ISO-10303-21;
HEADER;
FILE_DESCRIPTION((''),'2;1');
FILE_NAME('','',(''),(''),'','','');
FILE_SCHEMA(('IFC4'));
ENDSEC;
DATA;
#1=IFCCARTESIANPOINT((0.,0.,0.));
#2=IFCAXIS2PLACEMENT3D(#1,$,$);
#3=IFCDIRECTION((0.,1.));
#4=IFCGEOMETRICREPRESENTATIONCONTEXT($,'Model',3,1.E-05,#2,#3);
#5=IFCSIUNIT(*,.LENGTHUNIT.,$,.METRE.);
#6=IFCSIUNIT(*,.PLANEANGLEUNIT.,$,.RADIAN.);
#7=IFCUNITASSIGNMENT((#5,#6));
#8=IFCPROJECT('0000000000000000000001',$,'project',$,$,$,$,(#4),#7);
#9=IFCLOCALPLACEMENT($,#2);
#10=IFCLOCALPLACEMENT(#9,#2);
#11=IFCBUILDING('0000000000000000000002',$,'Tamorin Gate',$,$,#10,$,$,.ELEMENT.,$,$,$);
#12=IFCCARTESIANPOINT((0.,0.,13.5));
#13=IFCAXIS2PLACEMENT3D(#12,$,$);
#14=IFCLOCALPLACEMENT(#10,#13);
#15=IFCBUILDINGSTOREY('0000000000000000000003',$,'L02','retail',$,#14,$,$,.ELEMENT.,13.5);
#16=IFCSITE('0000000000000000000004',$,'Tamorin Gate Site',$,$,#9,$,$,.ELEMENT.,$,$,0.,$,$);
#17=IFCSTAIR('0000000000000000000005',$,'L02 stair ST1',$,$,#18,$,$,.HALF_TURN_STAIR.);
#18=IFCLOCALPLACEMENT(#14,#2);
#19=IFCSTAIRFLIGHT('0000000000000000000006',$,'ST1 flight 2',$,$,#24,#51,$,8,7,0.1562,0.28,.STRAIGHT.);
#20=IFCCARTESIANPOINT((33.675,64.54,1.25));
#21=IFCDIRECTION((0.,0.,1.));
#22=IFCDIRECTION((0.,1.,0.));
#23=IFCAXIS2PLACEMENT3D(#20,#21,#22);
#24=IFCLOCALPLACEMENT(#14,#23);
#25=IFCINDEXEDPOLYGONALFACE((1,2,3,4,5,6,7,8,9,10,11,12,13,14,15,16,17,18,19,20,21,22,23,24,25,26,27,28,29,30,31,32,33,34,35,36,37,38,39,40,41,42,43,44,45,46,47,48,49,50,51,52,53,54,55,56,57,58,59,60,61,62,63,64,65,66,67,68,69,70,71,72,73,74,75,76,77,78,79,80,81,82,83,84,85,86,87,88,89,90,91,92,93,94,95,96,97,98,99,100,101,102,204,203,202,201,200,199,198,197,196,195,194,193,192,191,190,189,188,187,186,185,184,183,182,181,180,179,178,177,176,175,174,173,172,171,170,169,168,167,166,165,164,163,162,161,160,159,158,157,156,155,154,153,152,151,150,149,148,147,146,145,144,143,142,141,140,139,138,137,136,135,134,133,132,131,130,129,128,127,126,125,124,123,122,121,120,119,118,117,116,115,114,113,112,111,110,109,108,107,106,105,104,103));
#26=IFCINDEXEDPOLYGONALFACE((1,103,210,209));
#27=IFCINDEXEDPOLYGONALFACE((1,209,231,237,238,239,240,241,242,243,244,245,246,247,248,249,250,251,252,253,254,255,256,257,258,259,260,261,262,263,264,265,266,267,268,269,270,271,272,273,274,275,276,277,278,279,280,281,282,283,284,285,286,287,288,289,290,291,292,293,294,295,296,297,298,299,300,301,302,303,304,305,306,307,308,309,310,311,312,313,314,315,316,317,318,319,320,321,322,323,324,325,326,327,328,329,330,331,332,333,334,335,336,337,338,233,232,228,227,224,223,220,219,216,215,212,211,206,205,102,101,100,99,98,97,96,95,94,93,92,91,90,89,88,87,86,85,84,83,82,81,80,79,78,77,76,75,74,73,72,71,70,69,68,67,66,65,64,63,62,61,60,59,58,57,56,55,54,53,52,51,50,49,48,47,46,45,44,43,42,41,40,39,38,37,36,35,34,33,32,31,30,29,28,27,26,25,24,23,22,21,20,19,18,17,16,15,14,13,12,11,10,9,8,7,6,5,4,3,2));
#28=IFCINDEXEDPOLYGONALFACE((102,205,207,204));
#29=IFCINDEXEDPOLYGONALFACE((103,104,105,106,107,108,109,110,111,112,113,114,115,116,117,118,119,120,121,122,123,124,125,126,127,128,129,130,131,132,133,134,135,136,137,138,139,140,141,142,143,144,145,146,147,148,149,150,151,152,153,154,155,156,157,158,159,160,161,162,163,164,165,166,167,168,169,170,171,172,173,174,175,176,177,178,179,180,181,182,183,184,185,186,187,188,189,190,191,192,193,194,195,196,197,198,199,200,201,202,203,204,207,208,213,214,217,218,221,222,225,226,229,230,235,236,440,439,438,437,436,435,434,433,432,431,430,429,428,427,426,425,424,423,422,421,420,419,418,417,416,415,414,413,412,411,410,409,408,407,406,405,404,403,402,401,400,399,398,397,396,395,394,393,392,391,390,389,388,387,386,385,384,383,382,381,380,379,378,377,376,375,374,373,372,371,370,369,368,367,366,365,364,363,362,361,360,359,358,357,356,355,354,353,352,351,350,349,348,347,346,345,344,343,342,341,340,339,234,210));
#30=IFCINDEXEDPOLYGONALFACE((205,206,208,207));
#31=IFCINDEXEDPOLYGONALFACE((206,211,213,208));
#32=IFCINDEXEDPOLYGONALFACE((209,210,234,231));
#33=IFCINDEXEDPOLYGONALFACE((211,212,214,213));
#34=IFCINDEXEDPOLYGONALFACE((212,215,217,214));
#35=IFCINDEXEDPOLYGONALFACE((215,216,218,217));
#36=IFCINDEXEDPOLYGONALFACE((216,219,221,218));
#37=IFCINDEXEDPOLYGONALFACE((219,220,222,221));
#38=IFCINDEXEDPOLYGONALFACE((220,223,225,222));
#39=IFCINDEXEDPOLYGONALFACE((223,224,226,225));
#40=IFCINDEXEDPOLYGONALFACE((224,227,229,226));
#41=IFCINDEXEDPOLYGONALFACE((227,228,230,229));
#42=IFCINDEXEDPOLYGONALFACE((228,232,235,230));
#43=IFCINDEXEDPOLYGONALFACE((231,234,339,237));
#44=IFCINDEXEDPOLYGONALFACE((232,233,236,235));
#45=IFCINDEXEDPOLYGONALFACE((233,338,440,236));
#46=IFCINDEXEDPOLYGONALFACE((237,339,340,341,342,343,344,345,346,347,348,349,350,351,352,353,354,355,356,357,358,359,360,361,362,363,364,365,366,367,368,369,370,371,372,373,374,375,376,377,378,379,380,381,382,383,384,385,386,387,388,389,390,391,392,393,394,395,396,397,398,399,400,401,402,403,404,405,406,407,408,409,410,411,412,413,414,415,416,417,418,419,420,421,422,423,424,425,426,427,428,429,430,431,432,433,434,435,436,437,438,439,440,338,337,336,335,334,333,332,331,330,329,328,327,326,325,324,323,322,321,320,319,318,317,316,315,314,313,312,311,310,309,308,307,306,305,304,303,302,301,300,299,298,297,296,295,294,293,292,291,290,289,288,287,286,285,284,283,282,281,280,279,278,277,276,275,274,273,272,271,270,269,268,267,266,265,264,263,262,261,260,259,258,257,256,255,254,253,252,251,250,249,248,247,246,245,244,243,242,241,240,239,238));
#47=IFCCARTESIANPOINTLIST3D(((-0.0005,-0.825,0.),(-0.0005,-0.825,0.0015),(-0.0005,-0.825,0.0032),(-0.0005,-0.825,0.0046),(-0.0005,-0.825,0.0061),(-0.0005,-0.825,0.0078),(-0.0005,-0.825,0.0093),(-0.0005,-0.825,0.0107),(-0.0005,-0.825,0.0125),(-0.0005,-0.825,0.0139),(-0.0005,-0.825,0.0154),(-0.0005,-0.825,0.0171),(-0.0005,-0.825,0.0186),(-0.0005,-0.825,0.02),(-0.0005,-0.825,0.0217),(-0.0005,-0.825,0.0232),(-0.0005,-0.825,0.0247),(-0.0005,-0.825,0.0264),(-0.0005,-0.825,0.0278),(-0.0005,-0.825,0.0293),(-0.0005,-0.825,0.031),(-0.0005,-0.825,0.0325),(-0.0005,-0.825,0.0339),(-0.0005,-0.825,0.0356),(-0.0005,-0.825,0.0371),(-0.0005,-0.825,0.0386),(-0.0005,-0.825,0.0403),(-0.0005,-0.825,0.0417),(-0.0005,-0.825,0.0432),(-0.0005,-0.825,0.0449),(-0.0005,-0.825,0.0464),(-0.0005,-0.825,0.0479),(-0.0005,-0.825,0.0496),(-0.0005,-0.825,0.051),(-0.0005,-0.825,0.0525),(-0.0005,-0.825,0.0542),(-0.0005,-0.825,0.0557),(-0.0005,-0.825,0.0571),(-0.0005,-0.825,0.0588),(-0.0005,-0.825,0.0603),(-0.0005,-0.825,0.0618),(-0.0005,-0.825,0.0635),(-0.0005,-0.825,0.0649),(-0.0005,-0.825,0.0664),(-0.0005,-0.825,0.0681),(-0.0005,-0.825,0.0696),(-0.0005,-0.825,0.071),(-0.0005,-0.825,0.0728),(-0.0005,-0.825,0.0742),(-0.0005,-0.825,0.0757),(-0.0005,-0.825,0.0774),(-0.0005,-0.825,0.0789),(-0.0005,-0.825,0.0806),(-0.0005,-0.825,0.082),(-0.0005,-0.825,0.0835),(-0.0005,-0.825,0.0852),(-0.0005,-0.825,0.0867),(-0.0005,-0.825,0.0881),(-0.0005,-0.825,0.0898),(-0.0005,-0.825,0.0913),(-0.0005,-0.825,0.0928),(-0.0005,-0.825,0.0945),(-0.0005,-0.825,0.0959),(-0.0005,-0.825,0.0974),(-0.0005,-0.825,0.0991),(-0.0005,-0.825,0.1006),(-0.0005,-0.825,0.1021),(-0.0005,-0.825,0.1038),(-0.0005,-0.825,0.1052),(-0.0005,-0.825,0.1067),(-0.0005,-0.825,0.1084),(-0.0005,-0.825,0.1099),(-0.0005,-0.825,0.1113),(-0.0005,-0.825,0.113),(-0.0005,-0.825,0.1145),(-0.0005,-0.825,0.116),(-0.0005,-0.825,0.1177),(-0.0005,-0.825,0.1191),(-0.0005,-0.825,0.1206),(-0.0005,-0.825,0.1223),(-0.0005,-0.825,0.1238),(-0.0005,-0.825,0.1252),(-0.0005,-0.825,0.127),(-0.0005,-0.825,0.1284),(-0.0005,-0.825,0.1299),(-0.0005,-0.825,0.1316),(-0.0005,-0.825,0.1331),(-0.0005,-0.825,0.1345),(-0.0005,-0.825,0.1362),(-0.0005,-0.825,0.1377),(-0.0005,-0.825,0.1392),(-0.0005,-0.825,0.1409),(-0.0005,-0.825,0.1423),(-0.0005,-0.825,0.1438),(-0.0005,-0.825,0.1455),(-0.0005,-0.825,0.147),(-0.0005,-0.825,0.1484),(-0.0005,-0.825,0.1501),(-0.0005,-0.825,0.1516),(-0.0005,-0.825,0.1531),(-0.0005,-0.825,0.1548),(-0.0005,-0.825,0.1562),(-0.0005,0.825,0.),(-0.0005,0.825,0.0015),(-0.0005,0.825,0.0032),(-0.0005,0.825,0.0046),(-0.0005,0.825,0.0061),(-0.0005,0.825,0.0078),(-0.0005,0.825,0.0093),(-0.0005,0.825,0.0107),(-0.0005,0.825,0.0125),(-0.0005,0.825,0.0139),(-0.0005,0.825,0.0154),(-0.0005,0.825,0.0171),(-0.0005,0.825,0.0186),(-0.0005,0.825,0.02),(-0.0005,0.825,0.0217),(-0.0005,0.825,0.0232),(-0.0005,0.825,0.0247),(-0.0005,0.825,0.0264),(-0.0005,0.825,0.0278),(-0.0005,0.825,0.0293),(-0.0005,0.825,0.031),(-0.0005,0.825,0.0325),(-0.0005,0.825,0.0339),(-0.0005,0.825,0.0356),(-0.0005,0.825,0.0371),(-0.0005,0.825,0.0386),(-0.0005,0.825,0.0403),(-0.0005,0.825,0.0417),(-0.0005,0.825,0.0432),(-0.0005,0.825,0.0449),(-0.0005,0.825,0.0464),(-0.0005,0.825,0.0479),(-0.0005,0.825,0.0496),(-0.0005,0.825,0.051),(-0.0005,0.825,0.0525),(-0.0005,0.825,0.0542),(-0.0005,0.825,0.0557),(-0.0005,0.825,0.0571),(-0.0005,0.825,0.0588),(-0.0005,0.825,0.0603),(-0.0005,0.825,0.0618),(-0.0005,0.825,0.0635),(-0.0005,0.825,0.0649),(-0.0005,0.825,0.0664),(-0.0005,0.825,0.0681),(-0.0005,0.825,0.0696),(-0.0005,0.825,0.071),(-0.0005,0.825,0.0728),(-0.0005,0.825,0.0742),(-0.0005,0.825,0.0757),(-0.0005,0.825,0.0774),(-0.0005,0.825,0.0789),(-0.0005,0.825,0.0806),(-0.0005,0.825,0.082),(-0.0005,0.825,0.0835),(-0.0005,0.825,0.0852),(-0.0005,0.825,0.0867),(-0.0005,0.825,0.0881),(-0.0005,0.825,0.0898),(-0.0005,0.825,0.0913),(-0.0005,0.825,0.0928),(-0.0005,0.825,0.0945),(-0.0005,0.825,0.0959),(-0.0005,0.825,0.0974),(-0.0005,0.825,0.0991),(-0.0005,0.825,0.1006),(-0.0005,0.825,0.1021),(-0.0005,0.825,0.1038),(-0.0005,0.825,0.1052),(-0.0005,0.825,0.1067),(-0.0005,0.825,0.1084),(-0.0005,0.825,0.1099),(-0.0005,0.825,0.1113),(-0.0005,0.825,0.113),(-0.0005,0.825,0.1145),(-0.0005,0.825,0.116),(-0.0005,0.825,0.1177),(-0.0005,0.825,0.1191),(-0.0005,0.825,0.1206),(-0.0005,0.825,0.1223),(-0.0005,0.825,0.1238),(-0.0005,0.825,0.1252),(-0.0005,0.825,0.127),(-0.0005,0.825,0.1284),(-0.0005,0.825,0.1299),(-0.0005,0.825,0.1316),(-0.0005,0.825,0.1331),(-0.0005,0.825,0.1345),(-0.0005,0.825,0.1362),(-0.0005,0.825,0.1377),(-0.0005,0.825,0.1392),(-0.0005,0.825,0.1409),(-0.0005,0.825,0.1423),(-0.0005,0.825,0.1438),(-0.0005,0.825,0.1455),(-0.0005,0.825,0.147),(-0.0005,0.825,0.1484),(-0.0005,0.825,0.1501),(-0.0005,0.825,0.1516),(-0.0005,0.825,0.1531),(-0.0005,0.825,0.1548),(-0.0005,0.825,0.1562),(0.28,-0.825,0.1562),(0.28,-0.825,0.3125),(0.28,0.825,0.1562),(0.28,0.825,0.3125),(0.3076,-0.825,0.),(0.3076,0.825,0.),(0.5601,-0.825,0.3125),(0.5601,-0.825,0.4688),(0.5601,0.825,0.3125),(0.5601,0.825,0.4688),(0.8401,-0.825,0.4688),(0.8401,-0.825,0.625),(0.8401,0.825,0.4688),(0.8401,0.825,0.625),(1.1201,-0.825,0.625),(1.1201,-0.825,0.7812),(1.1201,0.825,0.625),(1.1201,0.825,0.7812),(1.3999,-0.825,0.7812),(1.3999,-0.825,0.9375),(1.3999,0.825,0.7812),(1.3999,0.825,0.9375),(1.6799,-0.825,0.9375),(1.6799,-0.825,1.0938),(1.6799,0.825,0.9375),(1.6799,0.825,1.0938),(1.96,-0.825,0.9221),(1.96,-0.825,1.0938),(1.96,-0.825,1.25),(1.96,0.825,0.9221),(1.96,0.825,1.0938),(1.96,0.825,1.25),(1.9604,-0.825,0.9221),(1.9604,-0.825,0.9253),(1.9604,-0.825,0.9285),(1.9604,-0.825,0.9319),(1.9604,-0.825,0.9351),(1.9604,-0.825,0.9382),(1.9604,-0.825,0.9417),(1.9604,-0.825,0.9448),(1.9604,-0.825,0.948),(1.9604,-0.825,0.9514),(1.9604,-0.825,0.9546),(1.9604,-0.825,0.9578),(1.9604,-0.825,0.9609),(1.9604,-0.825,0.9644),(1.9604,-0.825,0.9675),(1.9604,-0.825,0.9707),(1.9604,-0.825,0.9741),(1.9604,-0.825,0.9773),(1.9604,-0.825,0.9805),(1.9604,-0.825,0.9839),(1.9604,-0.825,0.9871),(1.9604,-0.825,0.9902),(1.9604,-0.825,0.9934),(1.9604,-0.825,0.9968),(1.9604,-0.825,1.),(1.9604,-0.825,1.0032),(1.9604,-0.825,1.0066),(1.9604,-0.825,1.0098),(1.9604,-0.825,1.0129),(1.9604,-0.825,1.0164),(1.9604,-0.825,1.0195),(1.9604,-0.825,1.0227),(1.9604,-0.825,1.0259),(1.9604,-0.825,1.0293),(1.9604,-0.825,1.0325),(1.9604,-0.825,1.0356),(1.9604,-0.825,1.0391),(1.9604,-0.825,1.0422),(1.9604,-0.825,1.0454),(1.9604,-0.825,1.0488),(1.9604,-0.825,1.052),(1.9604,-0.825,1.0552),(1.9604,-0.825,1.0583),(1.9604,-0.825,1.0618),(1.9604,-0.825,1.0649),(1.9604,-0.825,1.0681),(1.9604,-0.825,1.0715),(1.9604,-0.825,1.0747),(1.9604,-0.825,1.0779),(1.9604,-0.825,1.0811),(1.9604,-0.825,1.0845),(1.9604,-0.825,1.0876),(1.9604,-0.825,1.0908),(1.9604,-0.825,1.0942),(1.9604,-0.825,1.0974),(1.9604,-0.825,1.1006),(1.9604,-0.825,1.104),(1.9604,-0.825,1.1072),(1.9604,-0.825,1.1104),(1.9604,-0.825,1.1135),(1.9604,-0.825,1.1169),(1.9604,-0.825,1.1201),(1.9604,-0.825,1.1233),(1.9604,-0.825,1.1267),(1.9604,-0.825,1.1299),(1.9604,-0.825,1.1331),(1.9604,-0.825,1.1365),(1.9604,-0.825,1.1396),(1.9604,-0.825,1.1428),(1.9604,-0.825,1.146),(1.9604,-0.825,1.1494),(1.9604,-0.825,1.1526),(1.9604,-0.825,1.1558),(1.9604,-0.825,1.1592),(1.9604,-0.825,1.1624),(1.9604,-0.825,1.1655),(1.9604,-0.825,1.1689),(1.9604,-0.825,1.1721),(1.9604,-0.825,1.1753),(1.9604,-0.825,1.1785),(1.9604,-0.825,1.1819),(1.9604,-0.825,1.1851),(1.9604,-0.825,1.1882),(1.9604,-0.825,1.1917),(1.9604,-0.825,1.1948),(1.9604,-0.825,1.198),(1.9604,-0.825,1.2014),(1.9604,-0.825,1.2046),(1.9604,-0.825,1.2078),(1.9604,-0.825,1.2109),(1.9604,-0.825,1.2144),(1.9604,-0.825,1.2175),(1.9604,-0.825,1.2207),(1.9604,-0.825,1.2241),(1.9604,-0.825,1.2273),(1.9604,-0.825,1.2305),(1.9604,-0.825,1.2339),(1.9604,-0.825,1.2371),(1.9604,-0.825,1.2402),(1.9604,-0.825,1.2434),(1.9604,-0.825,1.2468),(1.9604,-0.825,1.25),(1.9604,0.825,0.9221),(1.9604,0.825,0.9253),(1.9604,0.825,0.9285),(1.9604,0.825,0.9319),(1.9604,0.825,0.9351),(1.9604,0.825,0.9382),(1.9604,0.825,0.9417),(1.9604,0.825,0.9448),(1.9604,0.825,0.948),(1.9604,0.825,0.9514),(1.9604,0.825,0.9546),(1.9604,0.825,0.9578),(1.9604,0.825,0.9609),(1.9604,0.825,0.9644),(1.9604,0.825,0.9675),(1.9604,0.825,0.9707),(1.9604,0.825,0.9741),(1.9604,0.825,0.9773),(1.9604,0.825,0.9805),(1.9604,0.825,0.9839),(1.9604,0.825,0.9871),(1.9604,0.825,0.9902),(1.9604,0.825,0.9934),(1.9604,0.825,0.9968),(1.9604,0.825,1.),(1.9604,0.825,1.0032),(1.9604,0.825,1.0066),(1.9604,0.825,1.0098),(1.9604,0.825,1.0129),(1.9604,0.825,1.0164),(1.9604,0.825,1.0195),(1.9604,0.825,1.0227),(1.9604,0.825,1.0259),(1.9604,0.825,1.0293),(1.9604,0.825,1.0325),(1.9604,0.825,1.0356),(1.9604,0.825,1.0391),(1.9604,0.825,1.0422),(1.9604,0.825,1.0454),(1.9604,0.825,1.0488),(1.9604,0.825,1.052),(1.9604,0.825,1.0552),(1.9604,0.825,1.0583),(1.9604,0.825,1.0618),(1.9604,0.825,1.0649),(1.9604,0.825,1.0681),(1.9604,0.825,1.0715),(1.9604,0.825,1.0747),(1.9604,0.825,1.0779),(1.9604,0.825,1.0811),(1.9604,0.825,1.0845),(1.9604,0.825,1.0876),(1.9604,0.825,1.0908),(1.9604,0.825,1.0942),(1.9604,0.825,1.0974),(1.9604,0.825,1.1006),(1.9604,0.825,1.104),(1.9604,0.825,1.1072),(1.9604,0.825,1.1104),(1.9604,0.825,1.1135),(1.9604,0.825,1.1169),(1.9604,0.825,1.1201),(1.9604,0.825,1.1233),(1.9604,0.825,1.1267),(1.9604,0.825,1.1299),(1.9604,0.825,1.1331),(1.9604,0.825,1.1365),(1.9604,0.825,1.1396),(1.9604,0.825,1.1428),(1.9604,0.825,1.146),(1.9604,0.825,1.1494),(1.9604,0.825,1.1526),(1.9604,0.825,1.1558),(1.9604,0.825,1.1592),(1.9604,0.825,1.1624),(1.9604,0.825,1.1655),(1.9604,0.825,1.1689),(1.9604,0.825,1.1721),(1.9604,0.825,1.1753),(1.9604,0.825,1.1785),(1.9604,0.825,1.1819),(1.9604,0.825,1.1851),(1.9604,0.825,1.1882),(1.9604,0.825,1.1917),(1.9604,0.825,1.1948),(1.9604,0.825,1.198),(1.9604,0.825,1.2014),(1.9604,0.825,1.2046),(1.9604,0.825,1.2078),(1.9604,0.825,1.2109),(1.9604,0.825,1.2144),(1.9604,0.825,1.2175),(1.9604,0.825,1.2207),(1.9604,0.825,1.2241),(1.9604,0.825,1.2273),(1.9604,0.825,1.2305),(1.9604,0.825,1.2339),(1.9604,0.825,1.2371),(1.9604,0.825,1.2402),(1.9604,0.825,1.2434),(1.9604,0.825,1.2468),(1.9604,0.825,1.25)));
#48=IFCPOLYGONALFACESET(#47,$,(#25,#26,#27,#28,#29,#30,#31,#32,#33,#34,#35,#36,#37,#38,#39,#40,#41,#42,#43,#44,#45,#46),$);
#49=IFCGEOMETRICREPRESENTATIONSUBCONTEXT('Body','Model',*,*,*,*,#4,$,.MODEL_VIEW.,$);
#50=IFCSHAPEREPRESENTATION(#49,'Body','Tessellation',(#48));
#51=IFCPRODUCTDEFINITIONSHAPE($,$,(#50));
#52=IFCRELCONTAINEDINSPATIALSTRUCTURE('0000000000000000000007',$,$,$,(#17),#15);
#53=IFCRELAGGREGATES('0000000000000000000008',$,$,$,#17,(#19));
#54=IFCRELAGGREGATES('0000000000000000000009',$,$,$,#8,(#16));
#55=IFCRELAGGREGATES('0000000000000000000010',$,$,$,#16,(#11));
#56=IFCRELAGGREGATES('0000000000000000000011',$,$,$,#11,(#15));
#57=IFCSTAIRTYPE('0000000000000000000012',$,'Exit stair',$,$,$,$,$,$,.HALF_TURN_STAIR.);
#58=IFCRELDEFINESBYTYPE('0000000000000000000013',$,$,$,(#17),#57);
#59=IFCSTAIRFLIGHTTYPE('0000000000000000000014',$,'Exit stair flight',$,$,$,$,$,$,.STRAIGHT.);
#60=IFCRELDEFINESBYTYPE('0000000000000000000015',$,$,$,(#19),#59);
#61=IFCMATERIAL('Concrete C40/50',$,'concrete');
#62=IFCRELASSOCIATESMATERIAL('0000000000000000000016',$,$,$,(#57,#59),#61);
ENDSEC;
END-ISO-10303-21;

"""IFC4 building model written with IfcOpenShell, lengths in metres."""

from ifc_helpers import new_model, si_unit, direction, frame, origin, place, context, subcontext, project, spatial, polyline, outline, extrude, material, type_object, element, aggregate, save


model = new_model("IFC4")

# Units and contexts
model_context = context("Model", 3, precision=1e-05, world=origin(), true_north=direction((0.0, 1.0)))
body_context = subcontext(model_context, "Body", "Model", "MODEL_VIEW")
ifc_project = project(units=[si_unit("LENGTHUNIT", "METRE"), si_unit("PLANEANGLEUNIT", "RADIAN")], contexts=[model_context])

# Site, building, storey
site_placement = place(None, origin())
site = spatial("IfcSite", under=ifc_project, at=site_placement, Name="Tamorin Gate Site", CompositionType="ELEMENT", RefElevation=0.0)
building_placement = place(site_placement, origin())
building = spatial("IfcBuilding", under=site, at=building_placement, Name="Tamorin Gate", CompositionType="ELEMENT")
storey_placement = place(building_placement, frame((0.0, 0.0, 13.5)))
storey = spatial("IfcBuildingStorey", under=building, at=storey_placement, Name="L02", Description="retail", CompositionType="ELEMENT", Elevation=13.5)

# Stair, stair flight
ifc_material_1 = material(Name="Concrete C40/50", Category="concrete")
stair_type = type_object("IfcStairType", Name="Exit stair", PredefinedType="HALF_TURN_STAIR", material=ifc_material_1)
stair_placement = place(storey_placement, origin())
stair = element("IfcStair", 1, at=stair_placement, inside=storey, type_object=stair_type, Name="L02 stair ST1", PredefinedType="HALF_TURN_STAIR")
stair_flight_type = type_object("IfcStairFlightType", Name="Exit stair flight", PredefinedType="STRAIGHT", material=ifc_material_1)
stair_flight_1_placement = place(storey_placement, frame((33.675, 64.54, 1.25), z_axis=(0.0, 0.0, 1.0), x_axis=(0.0, 1.0, 0.0)))
stair_flight_1 = element("IfcStairFlight", 2, at=stair_flight_1_placement, type_object=stair_flight_type, Name="ST1 flight 2", NumberOfRisers=8, NumberOfTreads=7, PredefinedType="STRAIGHT", RiserHeight=0.1562, TreadLength=0.28, context=body_context, shape_type="SweptSolid", body=[
    extrude(outline(polyline([(-0.0005, 0.0), (-0.0005, 0.0015), (-0.0005, 0.0032), (-0.0005, 0.0046), (-0.0005, 0.0061), (-0.0005, 0.0078), (-0.0005, 0.0093), (-0.0005, 0.0107), (-0.0005, 0.0125), (-0.0005, 0.0139), (-0.0005, 0.0154), (-0.0005, 0.0171), (-0.0005, 0.0186), (-0.0005, 0.02), (-0.0005, 0.0217), (-0.0005, 0.0232), (-0.0005, 0.0247), (-0.0005, 0.0264), (-0.0005, 0.0278), (-0.0005, 0.0293), (-0.0005, 0.031), (-0.0005, 0.0325), (-0.0005, 0.0339), (-0.0005, 0.0356), (-0.0005, 0.0371), (-0.0005, 0.0386), (-0.0005, 0.0403), (-0.0005, 0.0417), (-0.0005, 0.0432), (-0.0005, 0.0449), (-0.0005, 0.0464), (-0.0005, 0.0479), (-0.0005, 0.0496), (-0.0005, 0.051), (-0.0005, 0.0525), (-0.0005, 0.0542), (-0.0005, 0.0557), (-0.0005, 0.0571), (-0.0005, 0.0588), (-0.0005, 0.0603), (-0.0005, 0.0618), (-0.0005, 0.0635), (-0.0005, 0.0649), (-0.0005, 0.0664), (-0.0005, 0.0681), (-0.0005, 0.0696), (-0.0005, 0.071), (-0.0005, 0.0728), (-0.0005, 0.0742), (-0.0005, 0.0757), (-0.0005, 0.0774), (-0.0005, 0.0789), (-0.0005, 0.0806), (-0.0005, 0.082), (-0.0005, 0.0835), (-0.0005, 0.0852), (-0.0005, 0.0867), (-0.0005, 0.0881), (-0.0005, 0.0898), (-0.0005, 0.0913), (-0.0005, 0.0928), (-0.0005, 0.0945), (-0.0005, 0.0959), (-0.0005, 0.0974), (-0.0005, 0.0991), (-0.0005, 0.1006), (-0.0005, 0.1021), (-0.0005, 0.1038), (-0.0005, 0.1052), (-0.0005, 0.1067), (-0.0005, 0.1084), (-0.0005, 0.1099), (-0.0005, 0.1113), (-0.0005, 0.113), (-0.0005, 0.1145), (-0.0005, 0.116), (-0.0005, 0.1177), (-0.0005, 0.1191), (-0.0005, 0.1206), (-0.0005, 0.1223), (-0.0005, 0.1238), (-0.0005, 0.1252), (-0.0005, 0.127), (-0.0005, 0.1284), (-0.0005, 0.1299), (-0.0005, 0.1316), (-0.0005, 0.1331), (-0.0005, 0.1345), (-0.0005, 0.1362), (-0.0005, 0.1377), (-0.0005, 0.1392), (-0.0005, 0.1409), (-0.0005, 0.1423), (-0.0005, 0.1438), (-0.0005, 0.1455), (-0.0005, 0.147), (-0.0005, 0.1484), (-0.0005, 0.1501), (-0.0005, 0.1516), (-0.0005, 0.1531), (-0.0005, 0.1548), (-0.0005, 0.1562), (0.28, 0.1562), (0.28, 0.3125), (0.5601, 0.3125), (0.5601, 0.4688), (0.8401, 0.4688), (0.8401, 0.625), (1.1201, 0.625), (1.1201, 0.7812), (1.3999, 0.7812), (1.3999, 0.9375), (1.6799, 0.9375), (1.6799, 1.0938), (1.96, 1.0938), (1.96, 1.25), (1.9604, 1.25), (1.9604, 1.2468), (1.9604, 1.2434), (1.9604, 1.2402), (1.9604, 1.2371), (1.9604, 1.2339), (1.9604, 1.2305), (1.9604, 1.2273), (1.9604, 1.2241), (1.9604, 1.2207), (1.9604, 1.2175), (1.9604, 1.2144), (1.9604, 1.2109), (1.9604, 1.2078), (1.9604, 1.2046), (1.9604, 1.2014), (1.9604, 1.198), (1.9604, 1.1948), (1.9604, 1.1917), (1.9604, 1.1882), (1.9604, 1.1851), (1.9604, 1.1819), (1.9604, 1.1785), (1.9604, 1.1753), (1.9604, 1.1721), (1.9604, 1.1689), (1.9604, 1.1655), (1.9604, 1.1624), (1.9604, 1.1592), (1.9604, 1.1558), (1.9604, 1.1526), (1.9604, 1.1494), (1.9604, 1.146), (1.9604, 1.1428), (1.9604, 1.1396), (1.9604, 1.1365), (1.9604, 1.1331), (1.9604, 1.1299), (1.9604, 1.1267), (1.9604, 1.1233), (1.9604, 1.1201), (1.9604, 1.1169), (1.9604, 1.1135), (1.9604, 1.1104), (1.9604, 1.1072), (1.9604, 1.104), (1.9604, 1.1006), (1.9604, 1.0974), (1.9604, 1.0942), (1.9604, 1.0908), (1.9604, 1.0876), (1.9604, 1.0845), (1.9604, 1.0811), (1.9604, 1.0779), (1.9604, 1.0747), (1.9604, 1.0715), (1.9604, 1.0681), (1.9604, 1.0649), (1.9604, 1.0618), (1.9604, 1.0583), (1.9604, 1.0552), (1.9604, 1.052), (1.9604, 1.0488), (1.9604, 1.0454), (1.9604, 1.0422), (1.9604, 1.0391), (1.9604, 1.0356), (1.9604, 1.0325), (1.9604, 1.0293), (1.9604, 1.0259), (1.9604, 1.0227), (1.9604, 1.0195), (1.9604, 1.0164), (1.9604, 1.0129), (1.9604, 1.0098), (1.9604, 1.0066), (1.9604, 1.0032), (1.9604, 1.0), (1.9604, 0.9968), (1.9604, 0.9934), (1.9604, 0.9902), (1.9604, 0.9871), (1.9604, 0.9839), (1.9604, 0.9805), (1.9604, 0.9773), (1.9604, 0.9741), (1.9604, 0.9707), (1.9604, 0.9675), (1.9604, 0.9644), (1.9604, 0.9609), (1.9604, 0.9578), (1.9604, 0.9546), (1.9604, 0.9514), (1.9604, 0.948), (1.9604, 0.9448), (1.9604, 0.9417), (1.9604, 0.9382), (1.9604, 0.9351), (1.9604, 0.9319), (1.9604, 0.9285), (1.9604, 0.9253), (1.9604, 0.9221), (1.96, 0.9221), (0.3076, 0.0), (-0.0005, 0.0)])), frame((0.0, 0.825, 0.0), z_axis=(0.0, -1.0, 0.0), x_axis=(1.0, 0.0, 0.0)), (0.0, 0.0, 1.0), 1.6499),
])
aggregate(stair, [stair_flight_1])

save(model, "model.ifc")
